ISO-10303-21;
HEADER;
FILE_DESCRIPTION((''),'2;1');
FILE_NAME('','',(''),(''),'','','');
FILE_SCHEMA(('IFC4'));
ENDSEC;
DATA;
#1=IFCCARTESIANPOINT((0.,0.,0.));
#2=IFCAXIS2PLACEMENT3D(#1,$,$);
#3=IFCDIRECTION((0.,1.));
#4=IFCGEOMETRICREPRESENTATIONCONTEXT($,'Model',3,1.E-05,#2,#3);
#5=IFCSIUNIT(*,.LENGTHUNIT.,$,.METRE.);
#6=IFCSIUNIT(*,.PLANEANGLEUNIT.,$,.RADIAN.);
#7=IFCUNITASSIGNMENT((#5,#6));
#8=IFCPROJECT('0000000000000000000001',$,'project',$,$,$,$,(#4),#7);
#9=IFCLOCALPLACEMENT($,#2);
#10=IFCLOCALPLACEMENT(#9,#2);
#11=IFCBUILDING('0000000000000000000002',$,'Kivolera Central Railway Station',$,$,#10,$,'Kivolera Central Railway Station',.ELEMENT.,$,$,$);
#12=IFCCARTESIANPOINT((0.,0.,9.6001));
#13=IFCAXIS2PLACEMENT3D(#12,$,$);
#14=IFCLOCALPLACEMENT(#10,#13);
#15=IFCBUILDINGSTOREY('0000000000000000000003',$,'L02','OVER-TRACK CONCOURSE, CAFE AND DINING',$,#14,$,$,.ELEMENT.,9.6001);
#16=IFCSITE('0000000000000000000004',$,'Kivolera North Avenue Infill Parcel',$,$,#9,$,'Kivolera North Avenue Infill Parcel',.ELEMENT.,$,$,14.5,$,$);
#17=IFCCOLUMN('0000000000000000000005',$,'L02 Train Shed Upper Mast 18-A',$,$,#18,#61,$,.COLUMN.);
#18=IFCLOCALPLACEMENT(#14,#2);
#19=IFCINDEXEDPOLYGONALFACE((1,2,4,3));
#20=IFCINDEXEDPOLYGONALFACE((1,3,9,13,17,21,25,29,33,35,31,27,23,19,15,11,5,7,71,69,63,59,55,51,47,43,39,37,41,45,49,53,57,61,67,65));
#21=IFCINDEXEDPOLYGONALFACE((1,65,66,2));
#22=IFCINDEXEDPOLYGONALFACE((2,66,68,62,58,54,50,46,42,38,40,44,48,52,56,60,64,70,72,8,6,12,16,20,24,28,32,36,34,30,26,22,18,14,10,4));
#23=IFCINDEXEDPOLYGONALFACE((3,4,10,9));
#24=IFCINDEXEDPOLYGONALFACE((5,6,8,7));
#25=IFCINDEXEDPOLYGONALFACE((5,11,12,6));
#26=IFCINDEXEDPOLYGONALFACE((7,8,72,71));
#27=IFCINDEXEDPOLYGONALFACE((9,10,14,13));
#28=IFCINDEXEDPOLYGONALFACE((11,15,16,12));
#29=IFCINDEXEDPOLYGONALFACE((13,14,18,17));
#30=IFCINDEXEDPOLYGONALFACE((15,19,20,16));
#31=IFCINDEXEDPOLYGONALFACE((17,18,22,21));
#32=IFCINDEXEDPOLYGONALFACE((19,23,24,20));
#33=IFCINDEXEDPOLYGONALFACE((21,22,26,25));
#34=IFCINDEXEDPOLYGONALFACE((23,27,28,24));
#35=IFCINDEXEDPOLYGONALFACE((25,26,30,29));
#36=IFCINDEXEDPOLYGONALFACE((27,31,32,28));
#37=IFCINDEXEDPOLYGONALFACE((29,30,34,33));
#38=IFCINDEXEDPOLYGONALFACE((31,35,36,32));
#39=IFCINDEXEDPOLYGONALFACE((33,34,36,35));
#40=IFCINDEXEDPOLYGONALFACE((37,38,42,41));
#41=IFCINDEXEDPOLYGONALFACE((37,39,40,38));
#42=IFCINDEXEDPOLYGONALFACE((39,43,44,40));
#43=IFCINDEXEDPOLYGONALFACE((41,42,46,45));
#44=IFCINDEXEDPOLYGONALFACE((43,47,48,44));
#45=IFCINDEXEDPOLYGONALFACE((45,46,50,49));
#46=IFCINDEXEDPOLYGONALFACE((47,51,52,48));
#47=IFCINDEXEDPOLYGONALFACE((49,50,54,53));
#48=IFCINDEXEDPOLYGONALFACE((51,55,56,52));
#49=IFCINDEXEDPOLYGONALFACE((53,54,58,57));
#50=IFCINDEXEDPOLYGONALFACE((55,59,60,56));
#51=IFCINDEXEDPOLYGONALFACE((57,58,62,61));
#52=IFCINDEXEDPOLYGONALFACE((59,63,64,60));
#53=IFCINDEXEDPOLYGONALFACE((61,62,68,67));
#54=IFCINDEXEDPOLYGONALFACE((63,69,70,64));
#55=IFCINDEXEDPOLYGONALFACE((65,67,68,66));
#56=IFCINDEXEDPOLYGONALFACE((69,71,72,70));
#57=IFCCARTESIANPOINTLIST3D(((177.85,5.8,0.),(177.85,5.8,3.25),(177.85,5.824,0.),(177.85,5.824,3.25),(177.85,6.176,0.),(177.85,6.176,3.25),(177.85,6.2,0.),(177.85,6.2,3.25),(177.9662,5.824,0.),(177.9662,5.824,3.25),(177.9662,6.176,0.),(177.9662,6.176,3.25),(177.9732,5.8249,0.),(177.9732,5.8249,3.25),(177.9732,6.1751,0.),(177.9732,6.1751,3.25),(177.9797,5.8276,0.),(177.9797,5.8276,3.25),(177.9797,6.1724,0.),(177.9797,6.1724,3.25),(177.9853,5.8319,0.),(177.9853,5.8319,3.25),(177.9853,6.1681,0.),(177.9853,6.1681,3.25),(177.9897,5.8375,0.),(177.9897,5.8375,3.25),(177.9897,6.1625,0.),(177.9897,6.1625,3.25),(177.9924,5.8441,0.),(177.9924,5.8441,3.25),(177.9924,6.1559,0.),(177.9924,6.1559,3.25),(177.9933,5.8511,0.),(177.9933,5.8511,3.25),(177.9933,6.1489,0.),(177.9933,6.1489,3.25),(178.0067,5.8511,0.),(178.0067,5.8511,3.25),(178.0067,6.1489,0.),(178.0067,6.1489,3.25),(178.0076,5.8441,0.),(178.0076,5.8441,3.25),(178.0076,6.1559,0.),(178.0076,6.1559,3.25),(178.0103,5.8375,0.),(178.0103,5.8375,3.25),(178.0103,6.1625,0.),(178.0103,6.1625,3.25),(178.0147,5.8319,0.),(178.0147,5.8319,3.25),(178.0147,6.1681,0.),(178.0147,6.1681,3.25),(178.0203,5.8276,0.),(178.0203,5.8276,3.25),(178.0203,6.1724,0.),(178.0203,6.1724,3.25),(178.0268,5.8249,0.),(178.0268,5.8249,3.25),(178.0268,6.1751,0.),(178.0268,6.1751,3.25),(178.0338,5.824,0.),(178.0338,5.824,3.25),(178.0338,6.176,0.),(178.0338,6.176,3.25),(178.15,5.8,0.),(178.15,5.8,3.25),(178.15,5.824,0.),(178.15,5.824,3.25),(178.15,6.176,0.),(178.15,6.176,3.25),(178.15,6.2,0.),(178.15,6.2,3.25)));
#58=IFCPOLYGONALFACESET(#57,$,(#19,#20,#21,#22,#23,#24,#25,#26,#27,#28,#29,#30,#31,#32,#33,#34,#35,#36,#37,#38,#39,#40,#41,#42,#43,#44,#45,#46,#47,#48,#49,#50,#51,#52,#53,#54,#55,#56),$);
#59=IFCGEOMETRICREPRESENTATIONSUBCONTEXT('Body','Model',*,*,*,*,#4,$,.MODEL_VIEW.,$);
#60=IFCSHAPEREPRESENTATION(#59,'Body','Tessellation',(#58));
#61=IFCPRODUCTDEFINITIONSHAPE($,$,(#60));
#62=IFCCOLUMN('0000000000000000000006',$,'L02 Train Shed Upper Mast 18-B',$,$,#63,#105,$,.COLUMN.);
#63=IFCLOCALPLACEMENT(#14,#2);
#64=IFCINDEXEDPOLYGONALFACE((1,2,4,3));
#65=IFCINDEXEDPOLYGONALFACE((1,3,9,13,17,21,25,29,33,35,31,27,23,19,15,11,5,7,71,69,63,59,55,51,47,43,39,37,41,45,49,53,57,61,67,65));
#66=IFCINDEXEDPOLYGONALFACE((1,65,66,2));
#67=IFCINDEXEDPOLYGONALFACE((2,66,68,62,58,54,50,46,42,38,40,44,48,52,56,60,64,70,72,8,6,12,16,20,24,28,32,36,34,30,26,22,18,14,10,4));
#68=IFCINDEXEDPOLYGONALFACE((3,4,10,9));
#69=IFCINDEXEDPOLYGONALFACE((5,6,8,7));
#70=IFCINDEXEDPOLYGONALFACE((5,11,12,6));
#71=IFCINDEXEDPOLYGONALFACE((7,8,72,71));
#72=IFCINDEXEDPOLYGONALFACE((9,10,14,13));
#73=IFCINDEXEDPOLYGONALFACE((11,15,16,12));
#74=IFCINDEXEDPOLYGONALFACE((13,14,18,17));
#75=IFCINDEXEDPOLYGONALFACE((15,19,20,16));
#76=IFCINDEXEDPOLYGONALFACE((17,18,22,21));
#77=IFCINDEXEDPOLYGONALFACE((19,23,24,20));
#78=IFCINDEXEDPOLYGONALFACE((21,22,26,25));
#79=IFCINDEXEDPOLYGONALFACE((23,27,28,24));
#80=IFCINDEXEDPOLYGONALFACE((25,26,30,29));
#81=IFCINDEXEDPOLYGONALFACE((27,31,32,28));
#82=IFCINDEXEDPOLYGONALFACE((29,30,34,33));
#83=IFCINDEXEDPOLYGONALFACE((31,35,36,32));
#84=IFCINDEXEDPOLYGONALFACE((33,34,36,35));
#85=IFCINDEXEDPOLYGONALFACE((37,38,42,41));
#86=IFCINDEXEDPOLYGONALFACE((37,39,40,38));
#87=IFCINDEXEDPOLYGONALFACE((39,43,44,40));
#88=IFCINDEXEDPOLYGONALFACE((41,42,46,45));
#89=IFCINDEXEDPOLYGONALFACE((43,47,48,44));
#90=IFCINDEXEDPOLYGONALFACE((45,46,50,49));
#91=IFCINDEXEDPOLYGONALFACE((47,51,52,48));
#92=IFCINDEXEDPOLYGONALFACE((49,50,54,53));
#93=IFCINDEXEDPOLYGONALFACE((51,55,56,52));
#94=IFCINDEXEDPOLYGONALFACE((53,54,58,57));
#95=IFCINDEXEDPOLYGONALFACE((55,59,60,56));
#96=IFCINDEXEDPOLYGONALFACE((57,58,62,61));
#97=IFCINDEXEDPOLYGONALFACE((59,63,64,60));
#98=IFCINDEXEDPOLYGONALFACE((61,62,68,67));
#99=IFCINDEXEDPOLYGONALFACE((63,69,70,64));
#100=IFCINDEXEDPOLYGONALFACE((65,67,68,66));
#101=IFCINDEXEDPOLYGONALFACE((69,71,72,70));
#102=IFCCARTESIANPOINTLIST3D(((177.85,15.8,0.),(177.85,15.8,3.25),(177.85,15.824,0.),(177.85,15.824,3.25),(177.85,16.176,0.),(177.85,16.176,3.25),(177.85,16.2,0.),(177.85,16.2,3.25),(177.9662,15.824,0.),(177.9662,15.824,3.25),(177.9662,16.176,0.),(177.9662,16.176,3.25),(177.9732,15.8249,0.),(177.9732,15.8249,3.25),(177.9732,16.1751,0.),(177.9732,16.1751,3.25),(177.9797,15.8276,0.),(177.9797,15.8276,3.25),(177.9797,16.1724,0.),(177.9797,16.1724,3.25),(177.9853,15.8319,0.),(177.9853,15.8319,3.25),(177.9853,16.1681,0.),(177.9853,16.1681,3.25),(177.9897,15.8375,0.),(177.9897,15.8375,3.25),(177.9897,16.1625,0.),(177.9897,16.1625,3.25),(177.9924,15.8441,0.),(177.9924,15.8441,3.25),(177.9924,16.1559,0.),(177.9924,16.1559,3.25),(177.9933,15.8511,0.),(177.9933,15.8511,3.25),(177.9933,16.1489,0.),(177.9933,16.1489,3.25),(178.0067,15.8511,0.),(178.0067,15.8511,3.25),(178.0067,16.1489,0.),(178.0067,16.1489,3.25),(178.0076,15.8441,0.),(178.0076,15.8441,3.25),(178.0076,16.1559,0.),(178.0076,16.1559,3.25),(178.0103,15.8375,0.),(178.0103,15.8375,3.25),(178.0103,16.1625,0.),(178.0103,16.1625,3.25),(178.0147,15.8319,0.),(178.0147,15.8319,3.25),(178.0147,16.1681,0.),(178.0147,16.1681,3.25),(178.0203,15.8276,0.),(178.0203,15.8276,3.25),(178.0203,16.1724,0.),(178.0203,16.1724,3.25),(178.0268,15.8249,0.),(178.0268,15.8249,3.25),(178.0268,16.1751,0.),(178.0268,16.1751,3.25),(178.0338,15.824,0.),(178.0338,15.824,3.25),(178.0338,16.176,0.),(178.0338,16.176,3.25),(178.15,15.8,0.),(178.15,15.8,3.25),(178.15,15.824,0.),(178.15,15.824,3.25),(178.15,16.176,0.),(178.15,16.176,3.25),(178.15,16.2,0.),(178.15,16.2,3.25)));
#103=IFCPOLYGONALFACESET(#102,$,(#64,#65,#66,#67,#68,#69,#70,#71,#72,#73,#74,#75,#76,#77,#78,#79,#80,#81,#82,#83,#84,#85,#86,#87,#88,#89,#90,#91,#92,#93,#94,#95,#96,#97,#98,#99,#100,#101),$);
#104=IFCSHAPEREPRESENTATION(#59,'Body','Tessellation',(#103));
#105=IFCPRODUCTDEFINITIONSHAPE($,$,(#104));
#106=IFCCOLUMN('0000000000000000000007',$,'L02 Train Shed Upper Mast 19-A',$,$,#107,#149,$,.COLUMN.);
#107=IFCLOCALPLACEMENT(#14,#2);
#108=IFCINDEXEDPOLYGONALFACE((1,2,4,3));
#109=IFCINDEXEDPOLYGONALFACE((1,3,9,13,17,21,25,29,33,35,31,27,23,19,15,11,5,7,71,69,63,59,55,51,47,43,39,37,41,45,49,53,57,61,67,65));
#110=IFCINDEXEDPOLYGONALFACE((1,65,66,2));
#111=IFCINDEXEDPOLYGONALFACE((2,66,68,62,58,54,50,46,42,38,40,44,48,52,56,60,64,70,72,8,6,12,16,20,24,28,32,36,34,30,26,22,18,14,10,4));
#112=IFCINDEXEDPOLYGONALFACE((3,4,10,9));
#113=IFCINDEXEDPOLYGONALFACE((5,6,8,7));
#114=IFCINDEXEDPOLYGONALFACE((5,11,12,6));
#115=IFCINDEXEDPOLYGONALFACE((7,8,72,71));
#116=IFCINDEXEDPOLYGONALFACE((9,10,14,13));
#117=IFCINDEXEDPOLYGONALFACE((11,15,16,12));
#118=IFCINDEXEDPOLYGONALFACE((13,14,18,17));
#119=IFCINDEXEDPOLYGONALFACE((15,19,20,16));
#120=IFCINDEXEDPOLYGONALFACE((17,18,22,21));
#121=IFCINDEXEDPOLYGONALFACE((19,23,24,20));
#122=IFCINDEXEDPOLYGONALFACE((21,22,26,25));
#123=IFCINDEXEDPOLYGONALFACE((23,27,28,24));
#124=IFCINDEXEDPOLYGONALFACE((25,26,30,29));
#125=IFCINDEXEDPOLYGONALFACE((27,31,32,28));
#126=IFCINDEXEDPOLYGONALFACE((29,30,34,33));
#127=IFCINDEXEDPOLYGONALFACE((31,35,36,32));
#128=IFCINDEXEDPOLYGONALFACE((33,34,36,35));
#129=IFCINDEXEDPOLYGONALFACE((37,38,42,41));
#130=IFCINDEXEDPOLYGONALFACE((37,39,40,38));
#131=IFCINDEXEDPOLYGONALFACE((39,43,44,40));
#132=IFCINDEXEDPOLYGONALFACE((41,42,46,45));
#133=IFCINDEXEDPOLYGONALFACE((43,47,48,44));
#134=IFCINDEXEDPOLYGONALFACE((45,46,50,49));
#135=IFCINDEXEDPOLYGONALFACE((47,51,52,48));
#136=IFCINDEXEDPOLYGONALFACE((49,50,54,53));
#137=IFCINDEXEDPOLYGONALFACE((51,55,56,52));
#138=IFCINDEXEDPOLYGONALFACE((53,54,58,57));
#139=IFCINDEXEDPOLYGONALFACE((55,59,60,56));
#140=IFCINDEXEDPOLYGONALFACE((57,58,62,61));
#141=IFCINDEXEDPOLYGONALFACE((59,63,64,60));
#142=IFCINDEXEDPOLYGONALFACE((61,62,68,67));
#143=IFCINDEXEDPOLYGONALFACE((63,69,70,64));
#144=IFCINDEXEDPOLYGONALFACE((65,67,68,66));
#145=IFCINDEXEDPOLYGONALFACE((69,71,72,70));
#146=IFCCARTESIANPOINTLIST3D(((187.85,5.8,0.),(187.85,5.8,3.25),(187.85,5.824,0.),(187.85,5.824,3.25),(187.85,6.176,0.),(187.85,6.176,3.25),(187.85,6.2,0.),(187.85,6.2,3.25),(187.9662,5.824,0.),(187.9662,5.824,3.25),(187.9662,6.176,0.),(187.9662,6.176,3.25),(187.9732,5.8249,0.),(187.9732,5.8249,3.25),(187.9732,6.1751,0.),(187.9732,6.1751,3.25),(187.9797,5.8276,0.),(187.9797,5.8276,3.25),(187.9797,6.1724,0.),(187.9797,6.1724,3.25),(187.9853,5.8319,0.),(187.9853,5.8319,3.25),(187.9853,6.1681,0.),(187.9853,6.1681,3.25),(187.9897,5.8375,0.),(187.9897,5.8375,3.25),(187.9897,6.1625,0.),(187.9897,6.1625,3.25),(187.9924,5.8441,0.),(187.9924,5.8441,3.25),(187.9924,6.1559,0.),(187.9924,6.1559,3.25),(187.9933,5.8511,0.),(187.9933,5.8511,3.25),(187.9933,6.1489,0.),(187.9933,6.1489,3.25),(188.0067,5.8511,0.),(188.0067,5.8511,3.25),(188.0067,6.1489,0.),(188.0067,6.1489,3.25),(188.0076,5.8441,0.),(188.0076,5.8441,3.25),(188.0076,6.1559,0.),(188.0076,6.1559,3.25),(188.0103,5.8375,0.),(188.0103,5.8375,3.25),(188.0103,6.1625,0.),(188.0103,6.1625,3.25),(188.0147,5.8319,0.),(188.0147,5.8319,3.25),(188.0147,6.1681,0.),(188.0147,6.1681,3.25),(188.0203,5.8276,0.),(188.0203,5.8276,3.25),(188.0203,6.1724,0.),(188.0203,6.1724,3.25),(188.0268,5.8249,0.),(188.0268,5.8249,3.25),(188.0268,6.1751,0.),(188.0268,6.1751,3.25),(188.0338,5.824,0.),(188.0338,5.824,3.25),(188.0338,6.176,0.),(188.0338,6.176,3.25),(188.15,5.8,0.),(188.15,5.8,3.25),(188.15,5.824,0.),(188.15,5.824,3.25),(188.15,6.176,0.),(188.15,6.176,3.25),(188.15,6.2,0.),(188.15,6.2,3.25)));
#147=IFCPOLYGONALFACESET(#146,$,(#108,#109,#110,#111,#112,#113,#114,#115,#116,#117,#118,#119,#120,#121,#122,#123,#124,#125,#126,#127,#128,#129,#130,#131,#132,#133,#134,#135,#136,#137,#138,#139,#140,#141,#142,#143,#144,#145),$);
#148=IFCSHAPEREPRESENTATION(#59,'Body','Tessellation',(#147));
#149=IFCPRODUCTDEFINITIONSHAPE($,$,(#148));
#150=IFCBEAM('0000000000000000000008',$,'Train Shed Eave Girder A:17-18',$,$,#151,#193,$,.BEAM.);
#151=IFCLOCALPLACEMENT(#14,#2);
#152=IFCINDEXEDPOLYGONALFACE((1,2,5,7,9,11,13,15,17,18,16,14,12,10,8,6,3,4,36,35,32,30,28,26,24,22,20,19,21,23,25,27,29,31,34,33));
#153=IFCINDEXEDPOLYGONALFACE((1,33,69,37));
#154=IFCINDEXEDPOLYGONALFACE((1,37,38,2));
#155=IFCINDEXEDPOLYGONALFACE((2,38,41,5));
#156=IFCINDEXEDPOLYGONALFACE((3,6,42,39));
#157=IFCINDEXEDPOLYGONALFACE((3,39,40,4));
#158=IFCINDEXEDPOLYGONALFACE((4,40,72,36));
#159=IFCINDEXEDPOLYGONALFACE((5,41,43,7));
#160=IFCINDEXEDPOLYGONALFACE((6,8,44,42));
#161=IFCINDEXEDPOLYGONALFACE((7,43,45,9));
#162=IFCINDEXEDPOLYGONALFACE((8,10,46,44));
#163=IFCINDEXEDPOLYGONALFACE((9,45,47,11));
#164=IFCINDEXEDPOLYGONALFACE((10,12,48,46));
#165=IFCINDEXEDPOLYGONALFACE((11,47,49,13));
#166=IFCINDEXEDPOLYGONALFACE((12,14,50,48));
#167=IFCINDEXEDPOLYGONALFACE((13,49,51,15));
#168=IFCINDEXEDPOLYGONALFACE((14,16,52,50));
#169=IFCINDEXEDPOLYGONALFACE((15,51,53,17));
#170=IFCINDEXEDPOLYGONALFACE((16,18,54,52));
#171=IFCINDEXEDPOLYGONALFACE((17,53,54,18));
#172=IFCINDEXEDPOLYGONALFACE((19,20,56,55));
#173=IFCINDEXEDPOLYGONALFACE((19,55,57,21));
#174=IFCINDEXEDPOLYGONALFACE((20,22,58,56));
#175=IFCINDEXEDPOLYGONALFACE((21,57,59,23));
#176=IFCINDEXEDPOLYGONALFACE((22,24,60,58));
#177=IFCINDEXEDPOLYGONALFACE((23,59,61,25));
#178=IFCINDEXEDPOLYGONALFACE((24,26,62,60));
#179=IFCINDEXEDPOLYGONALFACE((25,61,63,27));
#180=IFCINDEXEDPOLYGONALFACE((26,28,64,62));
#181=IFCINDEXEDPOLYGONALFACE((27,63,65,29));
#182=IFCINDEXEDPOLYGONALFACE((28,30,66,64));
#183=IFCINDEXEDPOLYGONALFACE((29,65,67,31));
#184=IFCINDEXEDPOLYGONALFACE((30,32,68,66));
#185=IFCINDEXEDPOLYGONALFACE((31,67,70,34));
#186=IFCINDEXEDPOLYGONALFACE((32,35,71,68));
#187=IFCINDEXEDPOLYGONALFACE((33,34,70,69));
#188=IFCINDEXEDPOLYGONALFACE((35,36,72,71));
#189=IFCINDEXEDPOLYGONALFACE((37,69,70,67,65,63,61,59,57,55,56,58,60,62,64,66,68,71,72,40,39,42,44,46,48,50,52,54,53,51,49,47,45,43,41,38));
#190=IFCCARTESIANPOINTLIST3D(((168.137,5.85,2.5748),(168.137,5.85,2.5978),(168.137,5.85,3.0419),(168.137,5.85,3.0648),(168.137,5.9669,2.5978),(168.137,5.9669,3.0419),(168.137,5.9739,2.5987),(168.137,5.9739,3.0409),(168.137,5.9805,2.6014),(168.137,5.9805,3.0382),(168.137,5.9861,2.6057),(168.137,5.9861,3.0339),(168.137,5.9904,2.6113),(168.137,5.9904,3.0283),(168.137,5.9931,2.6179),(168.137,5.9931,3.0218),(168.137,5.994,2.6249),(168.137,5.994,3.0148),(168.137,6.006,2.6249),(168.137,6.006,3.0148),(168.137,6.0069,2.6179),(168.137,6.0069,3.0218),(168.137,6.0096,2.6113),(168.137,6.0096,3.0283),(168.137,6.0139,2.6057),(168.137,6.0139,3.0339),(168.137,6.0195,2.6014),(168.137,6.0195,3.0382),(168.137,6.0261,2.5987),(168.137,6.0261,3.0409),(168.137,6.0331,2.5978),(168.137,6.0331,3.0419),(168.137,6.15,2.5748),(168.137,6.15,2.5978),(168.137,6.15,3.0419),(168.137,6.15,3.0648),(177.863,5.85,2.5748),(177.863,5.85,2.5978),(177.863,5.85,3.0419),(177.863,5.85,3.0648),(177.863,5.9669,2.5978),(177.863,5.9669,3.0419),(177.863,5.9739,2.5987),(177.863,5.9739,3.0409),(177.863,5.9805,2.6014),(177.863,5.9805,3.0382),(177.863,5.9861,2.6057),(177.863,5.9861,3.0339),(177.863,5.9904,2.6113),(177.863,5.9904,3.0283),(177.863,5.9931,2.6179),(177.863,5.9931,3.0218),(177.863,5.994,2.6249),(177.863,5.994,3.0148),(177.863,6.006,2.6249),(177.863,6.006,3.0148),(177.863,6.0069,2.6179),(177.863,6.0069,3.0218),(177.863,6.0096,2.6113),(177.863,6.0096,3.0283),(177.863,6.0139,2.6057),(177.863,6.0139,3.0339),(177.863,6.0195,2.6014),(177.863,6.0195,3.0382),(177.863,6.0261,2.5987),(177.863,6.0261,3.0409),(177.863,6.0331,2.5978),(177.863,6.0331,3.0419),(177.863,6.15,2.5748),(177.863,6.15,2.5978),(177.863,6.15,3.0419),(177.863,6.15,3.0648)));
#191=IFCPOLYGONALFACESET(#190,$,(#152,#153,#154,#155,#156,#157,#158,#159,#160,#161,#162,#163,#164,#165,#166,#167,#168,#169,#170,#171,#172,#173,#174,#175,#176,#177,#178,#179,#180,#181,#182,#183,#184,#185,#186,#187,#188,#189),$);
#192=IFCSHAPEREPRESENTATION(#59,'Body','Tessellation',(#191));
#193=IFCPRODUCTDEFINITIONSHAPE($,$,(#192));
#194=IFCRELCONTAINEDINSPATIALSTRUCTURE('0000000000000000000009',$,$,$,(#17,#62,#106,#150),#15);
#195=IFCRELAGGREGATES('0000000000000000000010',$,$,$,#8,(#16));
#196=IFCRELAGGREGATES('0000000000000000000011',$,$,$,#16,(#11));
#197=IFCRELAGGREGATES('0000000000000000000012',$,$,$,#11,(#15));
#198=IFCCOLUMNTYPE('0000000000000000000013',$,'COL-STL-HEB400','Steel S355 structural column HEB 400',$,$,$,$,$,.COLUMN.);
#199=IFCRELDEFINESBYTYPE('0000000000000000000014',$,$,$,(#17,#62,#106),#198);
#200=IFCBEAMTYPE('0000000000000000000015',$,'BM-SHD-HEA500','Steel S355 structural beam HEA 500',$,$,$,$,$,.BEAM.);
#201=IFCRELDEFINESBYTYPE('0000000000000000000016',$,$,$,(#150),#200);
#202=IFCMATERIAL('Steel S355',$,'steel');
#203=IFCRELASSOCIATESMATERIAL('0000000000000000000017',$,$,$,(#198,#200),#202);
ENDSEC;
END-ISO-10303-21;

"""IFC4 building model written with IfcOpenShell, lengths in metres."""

from ifc_helpers import new_model, si_unit, direction, frame, origin, origin_2d, place, context, subcontext, project, spatial, i_section, extrude, material, material_profile, profile_set, type_object, element, save


model = new_model("IFC4")

# Units and contexts
model_context = context("Model", 3, precision=1e-05, world=origin(), true_north=direction((0.0, 1.0)))
body_context = subcontext(model_context, "Body", "Model", "MODEL_VIEW")
ifc_project = project(units=[si_unit("LENGTHUNIT", "METRE"), si_unit("PLANEANGLEUNIT", "RADIAN")], contexts=[model_context])

# Site, building, storey
site_placement = place(None, origin())
site = spatial("IfcSite", under=ifc_project, at=site_placement, Name="Kivolera North Avenue Infill Parcel", LongName="Kivolera North Avenue Infill Parcel", CompositionType="ELEMENT", RefElevation=14.5)
building_placement = place(site_placement, origin())
building = spatial("IfcBuilding", under=site, at=building_placement, Name="Kivolera Central Railway Station", LongName="Kivolera Central Railway Station", CompositionType="ELEMENT")
storey_placement = place(building_placement, frame((0.0, 0.0, 9.6001)))
storey = spatial("IfcBuildingStorey", under=building, at=storey_placement, Name="L02", Description="OVER-TRACK CONCOURSE, CAFE AND DINING", CompositionType="ELEMENT", Elevation=9.6001)

# Columns
ifc_material_1 = material(Name="Steel S355", Category="steel")
ifc_material_profile_1 = material_profile(ifc_material_1, i_section(OverallWidth=0.3, OverallDepth=0.3999, WebThickness=0.0134, FlangeThickness=0.0239, FilletRadius=0.0271, at=origin_2d()), Name="HEB 400")
ifc_profile_set_1 = profile_set([ifc_material_profile_1], Name="Steel S355")
column_type = type_object("IfcColumnType", Name="COL-STL-HEB400", Description="Steel S355 structural column HEB 400", PredefinedType="COLUMN", material=ifc_profile_set_1)
for number, where, z_axis, x_axis, name in (
    (1, (178.0, 6.0, 0.0), (0.0, 0.0, 1.0), (1.0, 0.0, 0.0), "L02 Train Shed Upper Mast 18-A"),
    (2, (178.0, 16.0, 0.0), (0.0, 0.0, 1.0), (1.0, 0.0, 0.0), "L02 Train Shed Upper Mast 18-B"),
    (3, (188.0, 6.0, 0.0), (0.0, 0.0, 1.0), (1.0, 0.0, 0.0), "L02 Train Shed Upper Mast 19-A"),
):
    element("IfcColumn", number, at=place(storey_placement, frame(where, z_axis=z_axis, x_axis=x_axis)), inside=storey, type_object=column_type, Name=name, PredefinedType="COLUMN", context=body_context, shape_type="SweptSolid", body=[
        extrude(i_section(OverallWidth=0.3, OverallDepth=0.3999, WebThickness=0.0134, FlangeThickness=0.0239, FilletRadius=0.0271, at=origin_2d()), origin(), (0.0, 0.0, 1.0), 3.25),
    ])

# Beam
ifc_material_profile_2 = material_profile(ifc_material_1, i_section(OverallWidth=0.3, OverallDepth=0.49, WebThickness=0.012, FlangeThickness=0.0229, FilletRadius=0.0271, at=origin_2d()), Name="HEA 500")
ifc_profile_set_2 = profile_set([ifc_material_profile_2], Name="Steel S355")
beam_type_1 = type_object("IfcBeamType", Name="BM-SHD-HEA500", Description="Steel S355 structural beam HEA 500", PredefinedType="BEAM", material=ifc_profile_set_2)
for number, where, z_axis, x_axis, name in (
    (4, (168.137, 6.0, 2.8198), (1.0, 0.0, 0.0), (0.0, 1.0, 0.0), "Train Shed Eave Girder A:17-18"),
):
    element("IfcBeam", number, at=place(storey_placement, frame(where, z_axis=z_axis, x_axis=x_axis)), inside=storey, type_object=beam_type_1, Name=name, PredefinedType="BEAM", context=body_context, shape_type="SweptSolid", body=[
        extrude(i_section(OverallWidth=0.3, OverallDepth=0.49, WebThickness=0.012, FlangeThickness=0.0229, FilletRadius=0.0271, at=origin_2d()), origin(), (0.0, 0.0, 1.0), 9.7261),
    ])

save(model, "model.ifc")
